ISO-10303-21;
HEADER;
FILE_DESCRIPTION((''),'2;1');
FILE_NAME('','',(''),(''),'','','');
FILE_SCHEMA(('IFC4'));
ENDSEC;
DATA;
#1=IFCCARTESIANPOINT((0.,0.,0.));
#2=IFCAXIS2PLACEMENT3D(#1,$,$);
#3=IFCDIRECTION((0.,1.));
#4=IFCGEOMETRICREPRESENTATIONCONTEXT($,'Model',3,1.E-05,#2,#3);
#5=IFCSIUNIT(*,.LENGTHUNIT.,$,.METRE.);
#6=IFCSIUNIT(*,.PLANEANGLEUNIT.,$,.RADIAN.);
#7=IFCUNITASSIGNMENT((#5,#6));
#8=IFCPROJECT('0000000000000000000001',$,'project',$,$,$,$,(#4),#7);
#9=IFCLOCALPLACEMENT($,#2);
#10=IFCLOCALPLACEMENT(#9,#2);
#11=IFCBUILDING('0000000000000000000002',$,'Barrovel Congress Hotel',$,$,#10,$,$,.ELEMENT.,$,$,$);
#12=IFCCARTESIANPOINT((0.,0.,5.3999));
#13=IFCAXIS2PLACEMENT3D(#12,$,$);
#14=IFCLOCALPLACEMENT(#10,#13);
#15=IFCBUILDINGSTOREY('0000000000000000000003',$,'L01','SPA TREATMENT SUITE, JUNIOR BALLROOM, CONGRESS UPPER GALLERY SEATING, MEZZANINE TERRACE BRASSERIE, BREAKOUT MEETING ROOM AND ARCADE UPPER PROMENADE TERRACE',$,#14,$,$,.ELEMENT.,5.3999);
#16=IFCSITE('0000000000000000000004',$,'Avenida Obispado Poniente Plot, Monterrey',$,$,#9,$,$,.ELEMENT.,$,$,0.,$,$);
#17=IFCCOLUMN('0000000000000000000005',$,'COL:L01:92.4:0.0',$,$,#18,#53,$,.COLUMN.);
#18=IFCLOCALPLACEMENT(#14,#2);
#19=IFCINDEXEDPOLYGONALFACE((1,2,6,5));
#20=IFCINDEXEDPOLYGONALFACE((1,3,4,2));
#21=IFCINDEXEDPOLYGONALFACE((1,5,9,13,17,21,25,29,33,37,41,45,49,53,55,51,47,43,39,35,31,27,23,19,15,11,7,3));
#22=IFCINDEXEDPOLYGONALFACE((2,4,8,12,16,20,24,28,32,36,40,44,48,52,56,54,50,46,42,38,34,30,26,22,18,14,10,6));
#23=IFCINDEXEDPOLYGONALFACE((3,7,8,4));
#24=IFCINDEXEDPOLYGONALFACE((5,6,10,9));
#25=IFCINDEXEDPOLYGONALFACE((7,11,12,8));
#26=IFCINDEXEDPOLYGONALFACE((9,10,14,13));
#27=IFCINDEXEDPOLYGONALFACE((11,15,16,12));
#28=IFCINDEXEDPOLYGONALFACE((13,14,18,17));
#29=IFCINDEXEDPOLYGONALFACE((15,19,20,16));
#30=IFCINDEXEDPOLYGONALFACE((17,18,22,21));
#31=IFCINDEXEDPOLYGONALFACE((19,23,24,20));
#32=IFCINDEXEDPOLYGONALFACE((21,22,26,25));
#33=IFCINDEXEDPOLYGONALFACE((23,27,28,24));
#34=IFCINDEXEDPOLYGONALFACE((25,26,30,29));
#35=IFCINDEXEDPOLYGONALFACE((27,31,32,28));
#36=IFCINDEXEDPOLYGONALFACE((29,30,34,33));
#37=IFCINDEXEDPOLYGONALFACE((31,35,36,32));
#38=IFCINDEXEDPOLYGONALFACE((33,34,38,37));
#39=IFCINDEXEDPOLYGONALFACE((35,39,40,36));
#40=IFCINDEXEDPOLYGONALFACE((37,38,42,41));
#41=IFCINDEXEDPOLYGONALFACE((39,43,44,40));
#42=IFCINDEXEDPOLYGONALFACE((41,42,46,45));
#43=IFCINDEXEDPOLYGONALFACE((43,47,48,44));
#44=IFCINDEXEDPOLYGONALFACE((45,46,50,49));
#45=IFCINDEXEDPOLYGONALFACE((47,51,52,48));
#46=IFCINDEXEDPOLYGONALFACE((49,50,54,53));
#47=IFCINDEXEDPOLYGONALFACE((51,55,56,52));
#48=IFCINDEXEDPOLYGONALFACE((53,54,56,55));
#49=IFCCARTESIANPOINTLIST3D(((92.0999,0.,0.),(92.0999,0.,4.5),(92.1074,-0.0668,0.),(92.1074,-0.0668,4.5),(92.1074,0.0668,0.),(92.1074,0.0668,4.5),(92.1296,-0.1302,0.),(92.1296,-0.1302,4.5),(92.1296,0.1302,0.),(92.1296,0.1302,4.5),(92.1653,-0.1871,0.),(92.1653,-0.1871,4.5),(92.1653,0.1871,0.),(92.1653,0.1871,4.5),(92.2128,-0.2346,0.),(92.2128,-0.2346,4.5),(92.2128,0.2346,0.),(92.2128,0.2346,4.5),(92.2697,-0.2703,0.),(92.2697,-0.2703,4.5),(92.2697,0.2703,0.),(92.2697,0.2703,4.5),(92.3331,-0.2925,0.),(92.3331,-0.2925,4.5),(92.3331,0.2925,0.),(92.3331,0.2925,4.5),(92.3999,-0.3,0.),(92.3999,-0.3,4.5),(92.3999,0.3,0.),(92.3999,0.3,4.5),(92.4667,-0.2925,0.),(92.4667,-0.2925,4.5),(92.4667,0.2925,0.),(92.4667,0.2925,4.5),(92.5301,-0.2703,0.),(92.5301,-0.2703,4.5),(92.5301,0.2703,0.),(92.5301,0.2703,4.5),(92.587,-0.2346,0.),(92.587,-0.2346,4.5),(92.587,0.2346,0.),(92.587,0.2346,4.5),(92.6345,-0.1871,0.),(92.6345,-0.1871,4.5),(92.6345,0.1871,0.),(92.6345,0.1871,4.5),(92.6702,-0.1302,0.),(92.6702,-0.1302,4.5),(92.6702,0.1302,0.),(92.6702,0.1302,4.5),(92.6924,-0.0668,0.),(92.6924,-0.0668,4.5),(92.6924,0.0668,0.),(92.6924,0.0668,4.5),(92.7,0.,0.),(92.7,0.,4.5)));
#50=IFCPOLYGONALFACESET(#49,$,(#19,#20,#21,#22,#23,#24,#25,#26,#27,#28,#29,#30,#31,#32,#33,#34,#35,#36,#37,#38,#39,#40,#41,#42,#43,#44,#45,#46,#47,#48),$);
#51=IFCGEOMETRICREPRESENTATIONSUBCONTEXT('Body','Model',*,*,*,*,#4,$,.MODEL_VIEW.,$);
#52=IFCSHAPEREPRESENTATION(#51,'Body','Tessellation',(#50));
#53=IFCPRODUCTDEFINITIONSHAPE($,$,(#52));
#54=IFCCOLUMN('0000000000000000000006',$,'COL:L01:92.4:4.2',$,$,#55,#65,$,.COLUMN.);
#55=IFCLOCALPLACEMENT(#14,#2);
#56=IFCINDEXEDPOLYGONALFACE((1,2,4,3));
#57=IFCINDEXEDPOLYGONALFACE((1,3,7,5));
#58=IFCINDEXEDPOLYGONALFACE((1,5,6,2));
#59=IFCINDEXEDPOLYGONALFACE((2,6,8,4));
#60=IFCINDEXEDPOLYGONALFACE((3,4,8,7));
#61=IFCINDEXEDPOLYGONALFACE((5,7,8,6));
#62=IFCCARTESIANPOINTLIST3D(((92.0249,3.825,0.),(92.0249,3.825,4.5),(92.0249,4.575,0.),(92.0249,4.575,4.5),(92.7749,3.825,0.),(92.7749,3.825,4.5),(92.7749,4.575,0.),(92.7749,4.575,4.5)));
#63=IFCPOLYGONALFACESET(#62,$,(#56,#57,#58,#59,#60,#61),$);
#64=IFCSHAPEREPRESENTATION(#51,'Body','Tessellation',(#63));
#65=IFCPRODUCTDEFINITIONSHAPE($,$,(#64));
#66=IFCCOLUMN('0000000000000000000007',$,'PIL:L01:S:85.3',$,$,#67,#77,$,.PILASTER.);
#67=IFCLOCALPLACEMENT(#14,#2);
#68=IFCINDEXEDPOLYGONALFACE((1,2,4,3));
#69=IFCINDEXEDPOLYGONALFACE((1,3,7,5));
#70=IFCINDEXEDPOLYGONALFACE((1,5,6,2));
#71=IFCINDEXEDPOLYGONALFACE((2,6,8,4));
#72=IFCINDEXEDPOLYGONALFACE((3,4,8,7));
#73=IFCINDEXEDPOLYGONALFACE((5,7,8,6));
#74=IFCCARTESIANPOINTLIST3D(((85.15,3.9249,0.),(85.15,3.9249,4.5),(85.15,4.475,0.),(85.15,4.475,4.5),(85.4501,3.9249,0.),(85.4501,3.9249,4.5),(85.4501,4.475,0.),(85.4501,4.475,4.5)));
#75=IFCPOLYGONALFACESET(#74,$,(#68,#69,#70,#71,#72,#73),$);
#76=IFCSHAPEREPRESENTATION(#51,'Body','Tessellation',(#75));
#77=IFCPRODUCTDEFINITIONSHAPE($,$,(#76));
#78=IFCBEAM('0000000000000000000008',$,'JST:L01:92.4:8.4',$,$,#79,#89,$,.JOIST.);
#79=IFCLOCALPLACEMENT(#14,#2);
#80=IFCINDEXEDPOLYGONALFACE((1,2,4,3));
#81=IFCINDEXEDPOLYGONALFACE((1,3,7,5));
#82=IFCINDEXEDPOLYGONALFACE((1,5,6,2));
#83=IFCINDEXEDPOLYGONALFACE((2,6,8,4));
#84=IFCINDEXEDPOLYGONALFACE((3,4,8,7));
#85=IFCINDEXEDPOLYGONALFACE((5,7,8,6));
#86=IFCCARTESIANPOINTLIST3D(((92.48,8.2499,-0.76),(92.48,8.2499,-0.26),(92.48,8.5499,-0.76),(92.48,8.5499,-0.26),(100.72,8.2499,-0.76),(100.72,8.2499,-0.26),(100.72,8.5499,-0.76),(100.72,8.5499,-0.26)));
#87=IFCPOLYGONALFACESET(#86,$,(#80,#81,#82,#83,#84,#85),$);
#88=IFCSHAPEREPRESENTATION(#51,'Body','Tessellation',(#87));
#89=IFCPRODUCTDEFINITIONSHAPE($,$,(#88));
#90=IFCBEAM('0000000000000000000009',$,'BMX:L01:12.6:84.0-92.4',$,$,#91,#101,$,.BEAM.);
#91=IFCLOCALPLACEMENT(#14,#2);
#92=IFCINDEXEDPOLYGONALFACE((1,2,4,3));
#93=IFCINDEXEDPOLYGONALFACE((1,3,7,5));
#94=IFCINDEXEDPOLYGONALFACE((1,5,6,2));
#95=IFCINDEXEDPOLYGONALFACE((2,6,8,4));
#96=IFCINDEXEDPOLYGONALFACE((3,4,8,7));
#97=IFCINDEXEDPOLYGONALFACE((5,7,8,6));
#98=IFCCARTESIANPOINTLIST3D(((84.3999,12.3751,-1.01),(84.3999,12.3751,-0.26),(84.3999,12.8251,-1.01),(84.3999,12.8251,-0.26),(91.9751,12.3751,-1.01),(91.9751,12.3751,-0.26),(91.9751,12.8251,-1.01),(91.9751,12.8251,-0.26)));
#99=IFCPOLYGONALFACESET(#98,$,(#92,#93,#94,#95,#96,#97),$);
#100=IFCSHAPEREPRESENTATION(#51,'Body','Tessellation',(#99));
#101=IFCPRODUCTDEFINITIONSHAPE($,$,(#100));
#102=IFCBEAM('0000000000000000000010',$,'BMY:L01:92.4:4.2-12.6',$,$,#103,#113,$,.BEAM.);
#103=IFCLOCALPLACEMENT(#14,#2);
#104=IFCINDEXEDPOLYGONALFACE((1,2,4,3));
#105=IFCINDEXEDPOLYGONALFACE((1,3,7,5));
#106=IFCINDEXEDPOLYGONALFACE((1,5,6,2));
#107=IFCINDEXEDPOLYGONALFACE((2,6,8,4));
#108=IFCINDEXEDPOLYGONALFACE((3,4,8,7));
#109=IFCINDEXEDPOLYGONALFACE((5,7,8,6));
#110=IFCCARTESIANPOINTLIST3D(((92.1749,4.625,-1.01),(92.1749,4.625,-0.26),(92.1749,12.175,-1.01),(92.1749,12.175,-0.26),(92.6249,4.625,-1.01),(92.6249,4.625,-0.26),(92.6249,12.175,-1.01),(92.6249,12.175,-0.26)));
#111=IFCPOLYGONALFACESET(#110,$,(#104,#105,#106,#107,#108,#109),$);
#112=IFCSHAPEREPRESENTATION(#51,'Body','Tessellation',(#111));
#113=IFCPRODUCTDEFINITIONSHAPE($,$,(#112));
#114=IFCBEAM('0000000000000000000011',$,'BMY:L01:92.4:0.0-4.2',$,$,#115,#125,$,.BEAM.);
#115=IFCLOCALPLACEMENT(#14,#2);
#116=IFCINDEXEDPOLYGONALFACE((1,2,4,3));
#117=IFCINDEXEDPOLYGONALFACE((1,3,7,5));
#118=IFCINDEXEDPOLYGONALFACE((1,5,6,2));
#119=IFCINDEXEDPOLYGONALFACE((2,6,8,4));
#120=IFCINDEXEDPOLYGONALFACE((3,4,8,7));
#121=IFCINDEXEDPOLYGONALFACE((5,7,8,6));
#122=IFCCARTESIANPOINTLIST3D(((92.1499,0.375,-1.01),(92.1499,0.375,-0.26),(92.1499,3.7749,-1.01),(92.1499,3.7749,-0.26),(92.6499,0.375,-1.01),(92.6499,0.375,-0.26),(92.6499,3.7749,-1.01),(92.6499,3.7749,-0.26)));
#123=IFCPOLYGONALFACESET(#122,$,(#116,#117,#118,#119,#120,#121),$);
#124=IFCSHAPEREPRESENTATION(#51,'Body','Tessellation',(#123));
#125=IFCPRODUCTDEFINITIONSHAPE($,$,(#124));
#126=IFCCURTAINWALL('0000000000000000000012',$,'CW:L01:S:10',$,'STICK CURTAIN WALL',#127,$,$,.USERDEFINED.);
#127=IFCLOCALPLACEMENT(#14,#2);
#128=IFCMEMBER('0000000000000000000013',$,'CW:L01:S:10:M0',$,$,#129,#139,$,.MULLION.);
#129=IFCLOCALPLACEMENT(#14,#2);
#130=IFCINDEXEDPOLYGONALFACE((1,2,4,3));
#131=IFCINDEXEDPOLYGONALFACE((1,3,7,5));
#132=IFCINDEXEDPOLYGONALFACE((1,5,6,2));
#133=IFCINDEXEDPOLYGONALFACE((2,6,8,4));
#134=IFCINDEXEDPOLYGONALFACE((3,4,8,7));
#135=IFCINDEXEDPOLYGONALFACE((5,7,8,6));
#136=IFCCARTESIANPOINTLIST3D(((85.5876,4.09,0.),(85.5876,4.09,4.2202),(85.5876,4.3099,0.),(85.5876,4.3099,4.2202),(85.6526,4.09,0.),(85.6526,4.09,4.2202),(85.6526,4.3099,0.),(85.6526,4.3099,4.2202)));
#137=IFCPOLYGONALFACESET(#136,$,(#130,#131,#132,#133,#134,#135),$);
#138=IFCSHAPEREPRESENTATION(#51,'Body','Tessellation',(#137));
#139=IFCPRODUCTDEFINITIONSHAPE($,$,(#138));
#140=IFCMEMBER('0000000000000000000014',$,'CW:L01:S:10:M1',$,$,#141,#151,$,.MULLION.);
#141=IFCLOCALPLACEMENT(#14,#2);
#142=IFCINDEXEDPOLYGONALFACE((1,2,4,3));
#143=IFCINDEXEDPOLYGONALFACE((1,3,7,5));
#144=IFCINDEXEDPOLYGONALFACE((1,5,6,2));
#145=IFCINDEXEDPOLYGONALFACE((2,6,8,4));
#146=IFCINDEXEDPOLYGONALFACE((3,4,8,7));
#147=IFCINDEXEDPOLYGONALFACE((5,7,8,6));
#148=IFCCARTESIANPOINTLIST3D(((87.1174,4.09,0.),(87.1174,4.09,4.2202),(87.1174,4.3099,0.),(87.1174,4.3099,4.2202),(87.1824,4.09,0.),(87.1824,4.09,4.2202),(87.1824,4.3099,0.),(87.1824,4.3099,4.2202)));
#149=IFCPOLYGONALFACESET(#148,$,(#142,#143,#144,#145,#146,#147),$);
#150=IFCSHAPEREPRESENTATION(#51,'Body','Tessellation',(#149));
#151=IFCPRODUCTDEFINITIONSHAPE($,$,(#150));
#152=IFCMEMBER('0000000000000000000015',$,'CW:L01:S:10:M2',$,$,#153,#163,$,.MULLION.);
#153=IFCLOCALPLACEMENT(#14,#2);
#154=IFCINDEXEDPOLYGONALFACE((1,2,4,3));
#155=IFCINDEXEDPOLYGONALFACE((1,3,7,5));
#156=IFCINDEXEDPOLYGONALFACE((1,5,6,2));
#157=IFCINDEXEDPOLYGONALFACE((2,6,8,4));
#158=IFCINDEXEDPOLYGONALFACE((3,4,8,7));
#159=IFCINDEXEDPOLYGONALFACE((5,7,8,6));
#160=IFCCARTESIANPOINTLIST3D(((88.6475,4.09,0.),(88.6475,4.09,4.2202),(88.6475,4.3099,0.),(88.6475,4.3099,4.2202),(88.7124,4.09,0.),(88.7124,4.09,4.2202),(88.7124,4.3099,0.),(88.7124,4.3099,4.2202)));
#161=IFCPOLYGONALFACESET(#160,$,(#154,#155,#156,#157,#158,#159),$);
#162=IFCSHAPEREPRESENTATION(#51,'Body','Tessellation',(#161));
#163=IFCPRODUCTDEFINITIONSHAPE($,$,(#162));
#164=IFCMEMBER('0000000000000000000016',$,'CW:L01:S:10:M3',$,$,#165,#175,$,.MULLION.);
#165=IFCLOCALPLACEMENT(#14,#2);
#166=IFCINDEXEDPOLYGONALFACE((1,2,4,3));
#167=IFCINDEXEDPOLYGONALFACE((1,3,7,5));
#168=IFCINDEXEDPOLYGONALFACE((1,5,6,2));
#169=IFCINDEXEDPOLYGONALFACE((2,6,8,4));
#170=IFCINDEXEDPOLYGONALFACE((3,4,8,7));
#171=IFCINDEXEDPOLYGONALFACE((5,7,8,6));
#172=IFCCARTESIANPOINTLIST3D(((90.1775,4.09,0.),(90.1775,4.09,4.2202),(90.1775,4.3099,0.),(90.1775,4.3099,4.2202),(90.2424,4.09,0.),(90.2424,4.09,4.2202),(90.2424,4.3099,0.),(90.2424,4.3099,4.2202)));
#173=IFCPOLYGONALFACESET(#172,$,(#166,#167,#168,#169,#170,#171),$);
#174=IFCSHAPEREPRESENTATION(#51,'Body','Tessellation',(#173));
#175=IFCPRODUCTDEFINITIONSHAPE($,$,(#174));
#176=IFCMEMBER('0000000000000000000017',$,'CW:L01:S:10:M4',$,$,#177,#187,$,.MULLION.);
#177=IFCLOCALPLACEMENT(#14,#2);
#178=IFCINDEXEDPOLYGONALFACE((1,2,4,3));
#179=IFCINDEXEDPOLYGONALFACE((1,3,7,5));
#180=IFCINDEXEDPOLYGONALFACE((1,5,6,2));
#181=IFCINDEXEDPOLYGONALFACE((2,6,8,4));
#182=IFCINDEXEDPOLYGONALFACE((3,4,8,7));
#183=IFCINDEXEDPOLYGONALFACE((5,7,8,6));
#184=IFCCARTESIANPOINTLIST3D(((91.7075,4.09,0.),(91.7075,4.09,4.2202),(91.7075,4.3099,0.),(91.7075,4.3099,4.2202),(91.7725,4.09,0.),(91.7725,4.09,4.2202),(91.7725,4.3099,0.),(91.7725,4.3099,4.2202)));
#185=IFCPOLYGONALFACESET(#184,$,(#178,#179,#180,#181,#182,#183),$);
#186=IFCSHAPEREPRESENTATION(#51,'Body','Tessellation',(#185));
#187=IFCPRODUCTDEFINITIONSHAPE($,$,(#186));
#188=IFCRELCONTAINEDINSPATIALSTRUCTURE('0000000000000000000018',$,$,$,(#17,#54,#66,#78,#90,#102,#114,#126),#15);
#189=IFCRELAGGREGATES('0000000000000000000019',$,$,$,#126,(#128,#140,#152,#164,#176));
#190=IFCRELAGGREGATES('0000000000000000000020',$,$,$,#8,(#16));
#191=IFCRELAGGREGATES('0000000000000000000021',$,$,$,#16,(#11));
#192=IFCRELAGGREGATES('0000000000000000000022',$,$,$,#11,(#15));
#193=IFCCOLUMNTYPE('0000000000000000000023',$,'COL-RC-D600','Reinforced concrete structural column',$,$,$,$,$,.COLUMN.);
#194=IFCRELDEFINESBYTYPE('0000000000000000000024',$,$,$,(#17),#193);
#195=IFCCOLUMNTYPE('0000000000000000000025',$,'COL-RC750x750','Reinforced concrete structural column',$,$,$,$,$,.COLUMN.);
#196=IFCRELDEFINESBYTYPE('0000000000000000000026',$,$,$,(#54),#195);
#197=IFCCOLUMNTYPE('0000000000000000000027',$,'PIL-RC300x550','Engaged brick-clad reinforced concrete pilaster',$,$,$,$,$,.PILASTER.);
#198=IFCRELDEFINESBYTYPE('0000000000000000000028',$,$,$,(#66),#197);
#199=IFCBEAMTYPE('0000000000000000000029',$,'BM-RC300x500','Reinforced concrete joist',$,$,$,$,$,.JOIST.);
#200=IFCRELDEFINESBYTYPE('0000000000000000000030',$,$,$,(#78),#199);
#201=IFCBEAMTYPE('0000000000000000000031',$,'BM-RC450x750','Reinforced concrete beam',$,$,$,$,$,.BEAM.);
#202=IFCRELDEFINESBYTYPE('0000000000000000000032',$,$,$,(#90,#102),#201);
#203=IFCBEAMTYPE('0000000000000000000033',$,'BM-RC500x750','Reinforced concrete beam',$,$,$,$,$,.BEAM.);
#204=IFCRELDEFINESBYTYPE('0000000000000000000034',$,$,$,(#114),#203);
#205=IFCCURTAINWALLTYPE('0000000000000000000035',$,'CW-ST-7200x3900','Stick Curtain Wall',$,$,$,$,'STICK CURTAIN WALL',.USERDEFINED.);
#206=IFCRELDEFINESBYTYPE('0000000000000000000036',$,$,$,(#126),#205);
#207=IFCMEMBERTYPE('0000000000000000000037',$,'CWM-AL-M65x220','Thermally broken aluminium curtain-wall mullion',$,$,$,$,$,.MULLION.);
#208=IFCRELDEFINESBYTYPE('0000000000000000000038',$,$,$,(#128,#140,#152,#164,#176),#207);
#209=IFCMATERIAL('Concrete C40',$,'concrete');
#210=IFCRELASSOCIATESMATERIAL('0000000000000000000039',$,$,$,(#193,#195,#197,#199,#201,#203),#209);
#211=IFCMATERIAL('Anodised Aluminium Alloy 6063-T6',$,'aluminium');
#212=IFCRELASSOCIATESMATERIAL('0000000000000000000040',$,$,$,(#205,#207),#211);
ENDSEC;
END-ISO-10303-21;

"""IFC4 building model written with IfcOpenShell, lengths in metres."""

from ifc_helpers import new_model, si_unit, direction, frame, origin, origin_2d, place, context, subcontext, project, spatial, rectangle, circle, extrude, material, material_profile, profile_set, type_object, element, aggregate, save


model = new_model("IFC4")

# Units and contexts
model_context = context("Model", 3, precision=1e-05, world=origin(), true_north=direction((0.0, 1.0)))
body_context = subcontext(model_context, "Body", "Model", "MODEL_VIEW")
ifc_project = project(units=[si_unit("LENGTHUNIT", "METRE"), si_unit("PLANEANGLEUNIT", "RADIAN")], contexts=[model_context])

# Site, building, storey
site_placement = place(None, origin())
site = spatial("IfcSite", under=ifc_project, at=site_placement, Name="Avenida Obispado Poniente Plot, Monterrey", CompositionType="ELEMENT", RefElevation=0.0)
building_placement = place(site_placement, origin())
building = spatial("IfcBuilding", under=site, at=building_placement, Name="Barrovel Congress Hotel", CompositionType="ELEMENT")
storey_placement = place(building_placement, frame((0.0, 0.0, 5.3999)))
storey = spatial("IfcBuildingStorey", under=building, at=storey_placement, Name="L01", Description="SPA TREATMENT SUITE, JUNIOR BALLROOM, CONGRESS UPPER GALLERY SEATING, MEZZANINE TERRACE BRASSERIE, BREAKOUT MEETING ROOM AND ARCADE UPPER PROMENADE TERRACE", CompositionType="ELEMENT", Elevation=5.3999)

# Columns
ifc_material_1 = material(Name="Concrete C40", Category="concrete")
ifc_material_profile_1 = material_profile(ifc_material_1, circle(Radius=0.3, at=origin_2d()), Name="RC-D600")
ifc_profile_set_1 = profile_set([ifc_material_profile_1], Name="Concrete C40")
column_type_1 = type_object("IfcColumnType", Name="COL-RC-D600", Description="Reinforced concrete structural column", PredefinedType="COLUMN", material=ifc_profile_set_1)
column_1_placement = place(storey_placement, frame((92.3999, 0.0, 0.0), z_axis=(0.0, 0.0, 1.0), x_axis=(1.0, 0.0, 0.0)))
element("IfcColumn", 1, at=column_1_placement, inside=storey, type_object=column_type_1, Name="COL:L01:92.4:0.0", PredefinedType="COLUMN", context=body_context, shape_type="SweptSolid", body=[
    extrude(circle(Radius=0.3, at=origin_2d()), origin(), (0.0, 0.0, 1.0), 4.5),
])
ifc_material_profile_2 = material_profile(ifc_material_1, rectangle(XDim=0.75, YDim=0.75, at=origin_2d()), Name="RC750x750")
ifc_profile_set_2 = profile_set([ifc_material_profile_2], Name="Concrete C40")
column_type_2 = type_object("IfcColumnType", Name="COL-RC750x750", Description="Reinforced concrete structural column", PredefinedType="COLUMN", material=ifc_profile_set_2)
column_2_placement = place(storey_placement, frame((92.3999, 4.2, 0.0), z_axis=(0.0, 0.0, 1.0), x_axis=(1.0, 0.0, 0.0)))
element("IfcColumn", 2, at=column_2_placement, inside=storey, type_object=column_type_2, Name="COL:L01:92.4:4.2", PredefinedType="COLUMN", context=body_context, shape_type="SweptSolid", body=[
    extrude(rectangle(XDim=0.75, YDim=0.75, at=origin_2d()), origin(), (0.0, 0.0, 1.0), 4.5),
])
ifc_material_profile_3 = material_profile(ifc_material_1, rectangle(XDim=0.3, YDim=0.55, at=origin_2d()), Name="RC300x550")
ifc_profile_set_3 = profile_set([ifc_material_profile_3], Name="Concrete C40")
column_type_3 = type_object("IfcColumnType", Name="PIL-RC300x550", Description="Engaged brick-clad reinforced concrete pilaster", PredefinedType="PILASTER", material=ifc_profile_set_3)
column_3_placement = place(storey_placement, frame((85.3, 4.2, 0.0), z_axis=(0.0, 0.0, 1.0), x_axis=(1.0, 0.0, 0.0)))
element("IfcColumn", 3, at=column_3_placement, inside=storey, type_object=column_type_3, Name="PIL:L01:S:85.3", PredefinedType="PILASTER", context=body_context, shape_type="SweptSolid", body=[
    extrude(rectangle(XDim=0.3, YDim=0.55, at=origin_2d()), origin(), (0.0, 0.0, 1.0), 4.5),
])

# Beams
ifc_material_profile_4 = material_profile(ifc_material_1, rectangle(XDim=0.3, YDim=0.5, at=origin_2d()), Name="RC300x500")
ifc_profile_set_4 = profile_set([ifc_material_profile_4], Name="Concrete C40")
beam_type_1 = type_object("IfcBeamType", Name="BM-RC300x500", Description="Reinforced concrete joist", PredefinedType="JOIST", material=ifc_profile_set_4)
beam_1_placement = place(storey_placement, frame((92.48, 8.3999, -0.51), z_axis=(1.0, 0.0, 0.0), x_axis=(0.0, 1.0, 0.0)))
element("IfcBeam", 4, at=beam_1_placement, inside=storey, type_object=beam_type_1, Name="JST:L01:92.4:8.4", PredefinedType="JOIST", context=body_context, shape_type="SweptSolid", body=[
    extrude(rectangle(XDim=0.3, YDim=0.5, at=origin_2d()), origin(), (0.0, 0.0, 1.0), 8.24),
])
ifc_material_profile_5 = material_profile(ifc_material_1, rectangle(XDim=0.45, YDim=0.75, at=origin_2d()), Name="RC450x750")
ifc_profile_set_5 = profile_set([ifc_material_profile_5], Name="Concrete C40")
beam_type_2 = type_object("IfcBeamType", Name="BM-RC450x750", Description="Reinforced concrete beam", PredefinedType="BEAM", material=ifc_profile_set_5)
beam_2_placement = place(storey_placement, frame((84.3999, 12.6001, -0.635), z_axis=(1.0, 0.0, 0.0), x_axis=(0.0, 1.0, 0.0)))
element("IfcBeam", 5, at=beam_2_placement, inside=storey, type_object=beam_type_2, Name="BMX:L01:12.6:84.0-92.4", PredefinedType="BEAM", context=body_context, shape_type="SweptSolid", body=[
    extrude(rectangle(XDim=0.45, YDim=0.75, at=origin_2d()), origin(), (0.0, 0.0, 1.0), 7.5752),
])
beam_3_placement = place(storey_placement, frame((92.3999, 4.625, -0.635), z_axis=(0.0, 1.0, 0.0), x_axis=(-1.0, 0.0, 0.0)))
element("IfcBeam", 6, at=beam_3_placement, inside=storey, type_object=beam_type_2, Name="BMY:L01:92.4:4.2-12.6", PredefinedType="BEAM", context=body_context, shape_type="SweptSolid", body=[
    extrude(rectangle(XDim=0.45, YDim=0.75, at=origin_2d()), origin(), (0.0, 0.0, 1.0), 7.55),
])
ifc_material_profile_6 = material_profile(ifc_material_1, rectangle(XDim=0.5, YDim=0.75, at=origin_2d()), Name="RC500x750")
ifc_profile_set_6 = profile_set([ifc_material_profile_6], Name="Concrete C40")
beam_type_3 = type_object("IfcBeamType", Name="BM-RC500x750", Description="Reinforced concrete beam", PredefinedType="BEAM", material=ifc_profile_set_6)
beam_4_placement = place(storey_placement, frame((92.3999, 0.375, -0.635), z_axis=(0.0, 1.0, 0.0), x_axis=(-1.0, 0.0, 0.0)))
element("IfcBeam", 7, at=beam_4_placement, inside=storey, type_object=beam_type_3, Name="BMY:L01:92.4:0.0-4.2", PredefinedType="BEAM", context=body_context, shape_type="SweptSolid", body=[
    extrude(rectangle(XDim=0.5, YDim=0.75, at=origin_2d()), origin(), (0.0, 0.0, 1.0), 3.3999),
])

# Curtain wall, members
ifc_material_2 = material(Name="Anodised Aluminium Alloy 6063-T6", Category="aluminium")
curtain_wall_type = type_object("IfcCurtainWallType", Name="CW-ST-7200x3900", Description="Stick Curtain Wall", ElementType="STICK CURTAIN WALL", PredefinedType="USERDEFINED", material=ifc_material_2)
curtain_wall_placement = place(storey_placement, origin())
curtain_wall = element("IfcCurtainWall", 8, at=curtain_wall_placement, inside=storey, type_object=curtain_wall_type, Name="CW:L01:S:10", ObjectType="STICK CURTAIN WALL", PredefinedType="USERDEFINED")
ifc_material_profile_7 = material_profile(ifc_material_2, rectangle(XDim=0.0649, YDim=0.22, at=origin_2d()), Name="AL-M65x220")
ifc_profile_set_7 = profile_set([ifc_material_profile_7], Name="Anodised Aluminium Alloy 6063-T6")
member_type_1 = type_object("IfcMemberType", Name="CWM-AL-M65x220", Description="Thermally broken aluminium curtain-wall mullion", PredefinedType="MULLION", material=ifc_profile_set_7)
member_1_placement = place(storey_placement, frame((85.6201, 4.2, 0.0), z_axis=(0.0, 0.0, 1.0), x_axis=(1.0, 0.0, 0.0)))
member_1 = element("IfcMember", 9, at=member_1_placement, type_object=member_type_1, Name="CW:L01:S:10:M0", PredefinedType="MULLION", context=body_context, shape_type="SweptSolid", body=[
    extrude(rectangle(XDim=0.0649, YDim=0.22, at=origin_2d()), origin(), (0.0, 0.0, 1.0), 4.2202),
])
member_2_placement = place(storey_placement, frame((87.1499, 4.2, 0.0), z_axis=(0.0, 0.0, 1.0), x_axis=(1.0, 0.0, 0.0)))
member_2 = element("IfcMember", 10, at=member_2_placement, type_object=member_type_1, Name="CW:L01:S:10:M1", PredefinedType="MULLION", context=body_context, shape_type="SweptSolid", body=[
    extrude(rectangle(XDim=0.0649, YDim=0.22, at=origin_2d()), origin(), (0.0, 0.0, 1.0), 4.2202),
])
member_3_placement = place(storey_placement, frame((88.6799, 4.2, 0.0), z_axis=(0.0, 0.0, 1.0), x_axis=(1.0, 0.0, 0.0)))
member_3 = element("IfcMember", 11, at=member_3_placement, type_object=member_type_1, Name="CW:L01:S:10:M2", PredefinedType="MULLION", context=body_context, shape_type="SweptSolid", body=[
    extrude(rectangle(XDim=0.0649, YDim=0.22, at=origin_2d()), origin(), (0.0, 0.0, 1.0), 4.2202),
])
member_4_placement = place(storey_placement, frame((90.21, 4.2, 0.0), z_axis=(0.0, 0.0, 1.0), x_axis=(1.0, 0.0, 0.0)))
member_4 = element("IfcMember", 12, at=member_4_placement, type_object=member_type_1, Name="CW:L01:S:10:M3", PredefinedType="MULLION", context=body_context, shape_type="SweptSolid", body=[
    extrude(rectangle(XDim=0.0649, YDim=0.22, at=origin_2d()), origin(), (0.0, 0.0, 1.0), 4.2202),
])
member_5_placement = place(storey_placement, frame((91.74, 4.2, 0.0), z_axis=(0.0, 0.0, 1.0), x_axis=(1.0, 0.0, 0.0)))
member_5 = element("IfcMember", 13, at=member_5_placement, type_object=member_type_1, Name="CW:L01:S:10:M4", PredefinedType="MULLION", context=body_context, shape_type="SweptSolid", body=[
    extrude(rectangle(XDim=0.0649, YDim=0.22, at=origin_2d()), origin(), (0.0, 0.0, 1.0), 4.2202),
])

aggregate(curtain_wall, [member_1, member_2, member_3, member_4, member_5])

save(model, "model.ifc")
